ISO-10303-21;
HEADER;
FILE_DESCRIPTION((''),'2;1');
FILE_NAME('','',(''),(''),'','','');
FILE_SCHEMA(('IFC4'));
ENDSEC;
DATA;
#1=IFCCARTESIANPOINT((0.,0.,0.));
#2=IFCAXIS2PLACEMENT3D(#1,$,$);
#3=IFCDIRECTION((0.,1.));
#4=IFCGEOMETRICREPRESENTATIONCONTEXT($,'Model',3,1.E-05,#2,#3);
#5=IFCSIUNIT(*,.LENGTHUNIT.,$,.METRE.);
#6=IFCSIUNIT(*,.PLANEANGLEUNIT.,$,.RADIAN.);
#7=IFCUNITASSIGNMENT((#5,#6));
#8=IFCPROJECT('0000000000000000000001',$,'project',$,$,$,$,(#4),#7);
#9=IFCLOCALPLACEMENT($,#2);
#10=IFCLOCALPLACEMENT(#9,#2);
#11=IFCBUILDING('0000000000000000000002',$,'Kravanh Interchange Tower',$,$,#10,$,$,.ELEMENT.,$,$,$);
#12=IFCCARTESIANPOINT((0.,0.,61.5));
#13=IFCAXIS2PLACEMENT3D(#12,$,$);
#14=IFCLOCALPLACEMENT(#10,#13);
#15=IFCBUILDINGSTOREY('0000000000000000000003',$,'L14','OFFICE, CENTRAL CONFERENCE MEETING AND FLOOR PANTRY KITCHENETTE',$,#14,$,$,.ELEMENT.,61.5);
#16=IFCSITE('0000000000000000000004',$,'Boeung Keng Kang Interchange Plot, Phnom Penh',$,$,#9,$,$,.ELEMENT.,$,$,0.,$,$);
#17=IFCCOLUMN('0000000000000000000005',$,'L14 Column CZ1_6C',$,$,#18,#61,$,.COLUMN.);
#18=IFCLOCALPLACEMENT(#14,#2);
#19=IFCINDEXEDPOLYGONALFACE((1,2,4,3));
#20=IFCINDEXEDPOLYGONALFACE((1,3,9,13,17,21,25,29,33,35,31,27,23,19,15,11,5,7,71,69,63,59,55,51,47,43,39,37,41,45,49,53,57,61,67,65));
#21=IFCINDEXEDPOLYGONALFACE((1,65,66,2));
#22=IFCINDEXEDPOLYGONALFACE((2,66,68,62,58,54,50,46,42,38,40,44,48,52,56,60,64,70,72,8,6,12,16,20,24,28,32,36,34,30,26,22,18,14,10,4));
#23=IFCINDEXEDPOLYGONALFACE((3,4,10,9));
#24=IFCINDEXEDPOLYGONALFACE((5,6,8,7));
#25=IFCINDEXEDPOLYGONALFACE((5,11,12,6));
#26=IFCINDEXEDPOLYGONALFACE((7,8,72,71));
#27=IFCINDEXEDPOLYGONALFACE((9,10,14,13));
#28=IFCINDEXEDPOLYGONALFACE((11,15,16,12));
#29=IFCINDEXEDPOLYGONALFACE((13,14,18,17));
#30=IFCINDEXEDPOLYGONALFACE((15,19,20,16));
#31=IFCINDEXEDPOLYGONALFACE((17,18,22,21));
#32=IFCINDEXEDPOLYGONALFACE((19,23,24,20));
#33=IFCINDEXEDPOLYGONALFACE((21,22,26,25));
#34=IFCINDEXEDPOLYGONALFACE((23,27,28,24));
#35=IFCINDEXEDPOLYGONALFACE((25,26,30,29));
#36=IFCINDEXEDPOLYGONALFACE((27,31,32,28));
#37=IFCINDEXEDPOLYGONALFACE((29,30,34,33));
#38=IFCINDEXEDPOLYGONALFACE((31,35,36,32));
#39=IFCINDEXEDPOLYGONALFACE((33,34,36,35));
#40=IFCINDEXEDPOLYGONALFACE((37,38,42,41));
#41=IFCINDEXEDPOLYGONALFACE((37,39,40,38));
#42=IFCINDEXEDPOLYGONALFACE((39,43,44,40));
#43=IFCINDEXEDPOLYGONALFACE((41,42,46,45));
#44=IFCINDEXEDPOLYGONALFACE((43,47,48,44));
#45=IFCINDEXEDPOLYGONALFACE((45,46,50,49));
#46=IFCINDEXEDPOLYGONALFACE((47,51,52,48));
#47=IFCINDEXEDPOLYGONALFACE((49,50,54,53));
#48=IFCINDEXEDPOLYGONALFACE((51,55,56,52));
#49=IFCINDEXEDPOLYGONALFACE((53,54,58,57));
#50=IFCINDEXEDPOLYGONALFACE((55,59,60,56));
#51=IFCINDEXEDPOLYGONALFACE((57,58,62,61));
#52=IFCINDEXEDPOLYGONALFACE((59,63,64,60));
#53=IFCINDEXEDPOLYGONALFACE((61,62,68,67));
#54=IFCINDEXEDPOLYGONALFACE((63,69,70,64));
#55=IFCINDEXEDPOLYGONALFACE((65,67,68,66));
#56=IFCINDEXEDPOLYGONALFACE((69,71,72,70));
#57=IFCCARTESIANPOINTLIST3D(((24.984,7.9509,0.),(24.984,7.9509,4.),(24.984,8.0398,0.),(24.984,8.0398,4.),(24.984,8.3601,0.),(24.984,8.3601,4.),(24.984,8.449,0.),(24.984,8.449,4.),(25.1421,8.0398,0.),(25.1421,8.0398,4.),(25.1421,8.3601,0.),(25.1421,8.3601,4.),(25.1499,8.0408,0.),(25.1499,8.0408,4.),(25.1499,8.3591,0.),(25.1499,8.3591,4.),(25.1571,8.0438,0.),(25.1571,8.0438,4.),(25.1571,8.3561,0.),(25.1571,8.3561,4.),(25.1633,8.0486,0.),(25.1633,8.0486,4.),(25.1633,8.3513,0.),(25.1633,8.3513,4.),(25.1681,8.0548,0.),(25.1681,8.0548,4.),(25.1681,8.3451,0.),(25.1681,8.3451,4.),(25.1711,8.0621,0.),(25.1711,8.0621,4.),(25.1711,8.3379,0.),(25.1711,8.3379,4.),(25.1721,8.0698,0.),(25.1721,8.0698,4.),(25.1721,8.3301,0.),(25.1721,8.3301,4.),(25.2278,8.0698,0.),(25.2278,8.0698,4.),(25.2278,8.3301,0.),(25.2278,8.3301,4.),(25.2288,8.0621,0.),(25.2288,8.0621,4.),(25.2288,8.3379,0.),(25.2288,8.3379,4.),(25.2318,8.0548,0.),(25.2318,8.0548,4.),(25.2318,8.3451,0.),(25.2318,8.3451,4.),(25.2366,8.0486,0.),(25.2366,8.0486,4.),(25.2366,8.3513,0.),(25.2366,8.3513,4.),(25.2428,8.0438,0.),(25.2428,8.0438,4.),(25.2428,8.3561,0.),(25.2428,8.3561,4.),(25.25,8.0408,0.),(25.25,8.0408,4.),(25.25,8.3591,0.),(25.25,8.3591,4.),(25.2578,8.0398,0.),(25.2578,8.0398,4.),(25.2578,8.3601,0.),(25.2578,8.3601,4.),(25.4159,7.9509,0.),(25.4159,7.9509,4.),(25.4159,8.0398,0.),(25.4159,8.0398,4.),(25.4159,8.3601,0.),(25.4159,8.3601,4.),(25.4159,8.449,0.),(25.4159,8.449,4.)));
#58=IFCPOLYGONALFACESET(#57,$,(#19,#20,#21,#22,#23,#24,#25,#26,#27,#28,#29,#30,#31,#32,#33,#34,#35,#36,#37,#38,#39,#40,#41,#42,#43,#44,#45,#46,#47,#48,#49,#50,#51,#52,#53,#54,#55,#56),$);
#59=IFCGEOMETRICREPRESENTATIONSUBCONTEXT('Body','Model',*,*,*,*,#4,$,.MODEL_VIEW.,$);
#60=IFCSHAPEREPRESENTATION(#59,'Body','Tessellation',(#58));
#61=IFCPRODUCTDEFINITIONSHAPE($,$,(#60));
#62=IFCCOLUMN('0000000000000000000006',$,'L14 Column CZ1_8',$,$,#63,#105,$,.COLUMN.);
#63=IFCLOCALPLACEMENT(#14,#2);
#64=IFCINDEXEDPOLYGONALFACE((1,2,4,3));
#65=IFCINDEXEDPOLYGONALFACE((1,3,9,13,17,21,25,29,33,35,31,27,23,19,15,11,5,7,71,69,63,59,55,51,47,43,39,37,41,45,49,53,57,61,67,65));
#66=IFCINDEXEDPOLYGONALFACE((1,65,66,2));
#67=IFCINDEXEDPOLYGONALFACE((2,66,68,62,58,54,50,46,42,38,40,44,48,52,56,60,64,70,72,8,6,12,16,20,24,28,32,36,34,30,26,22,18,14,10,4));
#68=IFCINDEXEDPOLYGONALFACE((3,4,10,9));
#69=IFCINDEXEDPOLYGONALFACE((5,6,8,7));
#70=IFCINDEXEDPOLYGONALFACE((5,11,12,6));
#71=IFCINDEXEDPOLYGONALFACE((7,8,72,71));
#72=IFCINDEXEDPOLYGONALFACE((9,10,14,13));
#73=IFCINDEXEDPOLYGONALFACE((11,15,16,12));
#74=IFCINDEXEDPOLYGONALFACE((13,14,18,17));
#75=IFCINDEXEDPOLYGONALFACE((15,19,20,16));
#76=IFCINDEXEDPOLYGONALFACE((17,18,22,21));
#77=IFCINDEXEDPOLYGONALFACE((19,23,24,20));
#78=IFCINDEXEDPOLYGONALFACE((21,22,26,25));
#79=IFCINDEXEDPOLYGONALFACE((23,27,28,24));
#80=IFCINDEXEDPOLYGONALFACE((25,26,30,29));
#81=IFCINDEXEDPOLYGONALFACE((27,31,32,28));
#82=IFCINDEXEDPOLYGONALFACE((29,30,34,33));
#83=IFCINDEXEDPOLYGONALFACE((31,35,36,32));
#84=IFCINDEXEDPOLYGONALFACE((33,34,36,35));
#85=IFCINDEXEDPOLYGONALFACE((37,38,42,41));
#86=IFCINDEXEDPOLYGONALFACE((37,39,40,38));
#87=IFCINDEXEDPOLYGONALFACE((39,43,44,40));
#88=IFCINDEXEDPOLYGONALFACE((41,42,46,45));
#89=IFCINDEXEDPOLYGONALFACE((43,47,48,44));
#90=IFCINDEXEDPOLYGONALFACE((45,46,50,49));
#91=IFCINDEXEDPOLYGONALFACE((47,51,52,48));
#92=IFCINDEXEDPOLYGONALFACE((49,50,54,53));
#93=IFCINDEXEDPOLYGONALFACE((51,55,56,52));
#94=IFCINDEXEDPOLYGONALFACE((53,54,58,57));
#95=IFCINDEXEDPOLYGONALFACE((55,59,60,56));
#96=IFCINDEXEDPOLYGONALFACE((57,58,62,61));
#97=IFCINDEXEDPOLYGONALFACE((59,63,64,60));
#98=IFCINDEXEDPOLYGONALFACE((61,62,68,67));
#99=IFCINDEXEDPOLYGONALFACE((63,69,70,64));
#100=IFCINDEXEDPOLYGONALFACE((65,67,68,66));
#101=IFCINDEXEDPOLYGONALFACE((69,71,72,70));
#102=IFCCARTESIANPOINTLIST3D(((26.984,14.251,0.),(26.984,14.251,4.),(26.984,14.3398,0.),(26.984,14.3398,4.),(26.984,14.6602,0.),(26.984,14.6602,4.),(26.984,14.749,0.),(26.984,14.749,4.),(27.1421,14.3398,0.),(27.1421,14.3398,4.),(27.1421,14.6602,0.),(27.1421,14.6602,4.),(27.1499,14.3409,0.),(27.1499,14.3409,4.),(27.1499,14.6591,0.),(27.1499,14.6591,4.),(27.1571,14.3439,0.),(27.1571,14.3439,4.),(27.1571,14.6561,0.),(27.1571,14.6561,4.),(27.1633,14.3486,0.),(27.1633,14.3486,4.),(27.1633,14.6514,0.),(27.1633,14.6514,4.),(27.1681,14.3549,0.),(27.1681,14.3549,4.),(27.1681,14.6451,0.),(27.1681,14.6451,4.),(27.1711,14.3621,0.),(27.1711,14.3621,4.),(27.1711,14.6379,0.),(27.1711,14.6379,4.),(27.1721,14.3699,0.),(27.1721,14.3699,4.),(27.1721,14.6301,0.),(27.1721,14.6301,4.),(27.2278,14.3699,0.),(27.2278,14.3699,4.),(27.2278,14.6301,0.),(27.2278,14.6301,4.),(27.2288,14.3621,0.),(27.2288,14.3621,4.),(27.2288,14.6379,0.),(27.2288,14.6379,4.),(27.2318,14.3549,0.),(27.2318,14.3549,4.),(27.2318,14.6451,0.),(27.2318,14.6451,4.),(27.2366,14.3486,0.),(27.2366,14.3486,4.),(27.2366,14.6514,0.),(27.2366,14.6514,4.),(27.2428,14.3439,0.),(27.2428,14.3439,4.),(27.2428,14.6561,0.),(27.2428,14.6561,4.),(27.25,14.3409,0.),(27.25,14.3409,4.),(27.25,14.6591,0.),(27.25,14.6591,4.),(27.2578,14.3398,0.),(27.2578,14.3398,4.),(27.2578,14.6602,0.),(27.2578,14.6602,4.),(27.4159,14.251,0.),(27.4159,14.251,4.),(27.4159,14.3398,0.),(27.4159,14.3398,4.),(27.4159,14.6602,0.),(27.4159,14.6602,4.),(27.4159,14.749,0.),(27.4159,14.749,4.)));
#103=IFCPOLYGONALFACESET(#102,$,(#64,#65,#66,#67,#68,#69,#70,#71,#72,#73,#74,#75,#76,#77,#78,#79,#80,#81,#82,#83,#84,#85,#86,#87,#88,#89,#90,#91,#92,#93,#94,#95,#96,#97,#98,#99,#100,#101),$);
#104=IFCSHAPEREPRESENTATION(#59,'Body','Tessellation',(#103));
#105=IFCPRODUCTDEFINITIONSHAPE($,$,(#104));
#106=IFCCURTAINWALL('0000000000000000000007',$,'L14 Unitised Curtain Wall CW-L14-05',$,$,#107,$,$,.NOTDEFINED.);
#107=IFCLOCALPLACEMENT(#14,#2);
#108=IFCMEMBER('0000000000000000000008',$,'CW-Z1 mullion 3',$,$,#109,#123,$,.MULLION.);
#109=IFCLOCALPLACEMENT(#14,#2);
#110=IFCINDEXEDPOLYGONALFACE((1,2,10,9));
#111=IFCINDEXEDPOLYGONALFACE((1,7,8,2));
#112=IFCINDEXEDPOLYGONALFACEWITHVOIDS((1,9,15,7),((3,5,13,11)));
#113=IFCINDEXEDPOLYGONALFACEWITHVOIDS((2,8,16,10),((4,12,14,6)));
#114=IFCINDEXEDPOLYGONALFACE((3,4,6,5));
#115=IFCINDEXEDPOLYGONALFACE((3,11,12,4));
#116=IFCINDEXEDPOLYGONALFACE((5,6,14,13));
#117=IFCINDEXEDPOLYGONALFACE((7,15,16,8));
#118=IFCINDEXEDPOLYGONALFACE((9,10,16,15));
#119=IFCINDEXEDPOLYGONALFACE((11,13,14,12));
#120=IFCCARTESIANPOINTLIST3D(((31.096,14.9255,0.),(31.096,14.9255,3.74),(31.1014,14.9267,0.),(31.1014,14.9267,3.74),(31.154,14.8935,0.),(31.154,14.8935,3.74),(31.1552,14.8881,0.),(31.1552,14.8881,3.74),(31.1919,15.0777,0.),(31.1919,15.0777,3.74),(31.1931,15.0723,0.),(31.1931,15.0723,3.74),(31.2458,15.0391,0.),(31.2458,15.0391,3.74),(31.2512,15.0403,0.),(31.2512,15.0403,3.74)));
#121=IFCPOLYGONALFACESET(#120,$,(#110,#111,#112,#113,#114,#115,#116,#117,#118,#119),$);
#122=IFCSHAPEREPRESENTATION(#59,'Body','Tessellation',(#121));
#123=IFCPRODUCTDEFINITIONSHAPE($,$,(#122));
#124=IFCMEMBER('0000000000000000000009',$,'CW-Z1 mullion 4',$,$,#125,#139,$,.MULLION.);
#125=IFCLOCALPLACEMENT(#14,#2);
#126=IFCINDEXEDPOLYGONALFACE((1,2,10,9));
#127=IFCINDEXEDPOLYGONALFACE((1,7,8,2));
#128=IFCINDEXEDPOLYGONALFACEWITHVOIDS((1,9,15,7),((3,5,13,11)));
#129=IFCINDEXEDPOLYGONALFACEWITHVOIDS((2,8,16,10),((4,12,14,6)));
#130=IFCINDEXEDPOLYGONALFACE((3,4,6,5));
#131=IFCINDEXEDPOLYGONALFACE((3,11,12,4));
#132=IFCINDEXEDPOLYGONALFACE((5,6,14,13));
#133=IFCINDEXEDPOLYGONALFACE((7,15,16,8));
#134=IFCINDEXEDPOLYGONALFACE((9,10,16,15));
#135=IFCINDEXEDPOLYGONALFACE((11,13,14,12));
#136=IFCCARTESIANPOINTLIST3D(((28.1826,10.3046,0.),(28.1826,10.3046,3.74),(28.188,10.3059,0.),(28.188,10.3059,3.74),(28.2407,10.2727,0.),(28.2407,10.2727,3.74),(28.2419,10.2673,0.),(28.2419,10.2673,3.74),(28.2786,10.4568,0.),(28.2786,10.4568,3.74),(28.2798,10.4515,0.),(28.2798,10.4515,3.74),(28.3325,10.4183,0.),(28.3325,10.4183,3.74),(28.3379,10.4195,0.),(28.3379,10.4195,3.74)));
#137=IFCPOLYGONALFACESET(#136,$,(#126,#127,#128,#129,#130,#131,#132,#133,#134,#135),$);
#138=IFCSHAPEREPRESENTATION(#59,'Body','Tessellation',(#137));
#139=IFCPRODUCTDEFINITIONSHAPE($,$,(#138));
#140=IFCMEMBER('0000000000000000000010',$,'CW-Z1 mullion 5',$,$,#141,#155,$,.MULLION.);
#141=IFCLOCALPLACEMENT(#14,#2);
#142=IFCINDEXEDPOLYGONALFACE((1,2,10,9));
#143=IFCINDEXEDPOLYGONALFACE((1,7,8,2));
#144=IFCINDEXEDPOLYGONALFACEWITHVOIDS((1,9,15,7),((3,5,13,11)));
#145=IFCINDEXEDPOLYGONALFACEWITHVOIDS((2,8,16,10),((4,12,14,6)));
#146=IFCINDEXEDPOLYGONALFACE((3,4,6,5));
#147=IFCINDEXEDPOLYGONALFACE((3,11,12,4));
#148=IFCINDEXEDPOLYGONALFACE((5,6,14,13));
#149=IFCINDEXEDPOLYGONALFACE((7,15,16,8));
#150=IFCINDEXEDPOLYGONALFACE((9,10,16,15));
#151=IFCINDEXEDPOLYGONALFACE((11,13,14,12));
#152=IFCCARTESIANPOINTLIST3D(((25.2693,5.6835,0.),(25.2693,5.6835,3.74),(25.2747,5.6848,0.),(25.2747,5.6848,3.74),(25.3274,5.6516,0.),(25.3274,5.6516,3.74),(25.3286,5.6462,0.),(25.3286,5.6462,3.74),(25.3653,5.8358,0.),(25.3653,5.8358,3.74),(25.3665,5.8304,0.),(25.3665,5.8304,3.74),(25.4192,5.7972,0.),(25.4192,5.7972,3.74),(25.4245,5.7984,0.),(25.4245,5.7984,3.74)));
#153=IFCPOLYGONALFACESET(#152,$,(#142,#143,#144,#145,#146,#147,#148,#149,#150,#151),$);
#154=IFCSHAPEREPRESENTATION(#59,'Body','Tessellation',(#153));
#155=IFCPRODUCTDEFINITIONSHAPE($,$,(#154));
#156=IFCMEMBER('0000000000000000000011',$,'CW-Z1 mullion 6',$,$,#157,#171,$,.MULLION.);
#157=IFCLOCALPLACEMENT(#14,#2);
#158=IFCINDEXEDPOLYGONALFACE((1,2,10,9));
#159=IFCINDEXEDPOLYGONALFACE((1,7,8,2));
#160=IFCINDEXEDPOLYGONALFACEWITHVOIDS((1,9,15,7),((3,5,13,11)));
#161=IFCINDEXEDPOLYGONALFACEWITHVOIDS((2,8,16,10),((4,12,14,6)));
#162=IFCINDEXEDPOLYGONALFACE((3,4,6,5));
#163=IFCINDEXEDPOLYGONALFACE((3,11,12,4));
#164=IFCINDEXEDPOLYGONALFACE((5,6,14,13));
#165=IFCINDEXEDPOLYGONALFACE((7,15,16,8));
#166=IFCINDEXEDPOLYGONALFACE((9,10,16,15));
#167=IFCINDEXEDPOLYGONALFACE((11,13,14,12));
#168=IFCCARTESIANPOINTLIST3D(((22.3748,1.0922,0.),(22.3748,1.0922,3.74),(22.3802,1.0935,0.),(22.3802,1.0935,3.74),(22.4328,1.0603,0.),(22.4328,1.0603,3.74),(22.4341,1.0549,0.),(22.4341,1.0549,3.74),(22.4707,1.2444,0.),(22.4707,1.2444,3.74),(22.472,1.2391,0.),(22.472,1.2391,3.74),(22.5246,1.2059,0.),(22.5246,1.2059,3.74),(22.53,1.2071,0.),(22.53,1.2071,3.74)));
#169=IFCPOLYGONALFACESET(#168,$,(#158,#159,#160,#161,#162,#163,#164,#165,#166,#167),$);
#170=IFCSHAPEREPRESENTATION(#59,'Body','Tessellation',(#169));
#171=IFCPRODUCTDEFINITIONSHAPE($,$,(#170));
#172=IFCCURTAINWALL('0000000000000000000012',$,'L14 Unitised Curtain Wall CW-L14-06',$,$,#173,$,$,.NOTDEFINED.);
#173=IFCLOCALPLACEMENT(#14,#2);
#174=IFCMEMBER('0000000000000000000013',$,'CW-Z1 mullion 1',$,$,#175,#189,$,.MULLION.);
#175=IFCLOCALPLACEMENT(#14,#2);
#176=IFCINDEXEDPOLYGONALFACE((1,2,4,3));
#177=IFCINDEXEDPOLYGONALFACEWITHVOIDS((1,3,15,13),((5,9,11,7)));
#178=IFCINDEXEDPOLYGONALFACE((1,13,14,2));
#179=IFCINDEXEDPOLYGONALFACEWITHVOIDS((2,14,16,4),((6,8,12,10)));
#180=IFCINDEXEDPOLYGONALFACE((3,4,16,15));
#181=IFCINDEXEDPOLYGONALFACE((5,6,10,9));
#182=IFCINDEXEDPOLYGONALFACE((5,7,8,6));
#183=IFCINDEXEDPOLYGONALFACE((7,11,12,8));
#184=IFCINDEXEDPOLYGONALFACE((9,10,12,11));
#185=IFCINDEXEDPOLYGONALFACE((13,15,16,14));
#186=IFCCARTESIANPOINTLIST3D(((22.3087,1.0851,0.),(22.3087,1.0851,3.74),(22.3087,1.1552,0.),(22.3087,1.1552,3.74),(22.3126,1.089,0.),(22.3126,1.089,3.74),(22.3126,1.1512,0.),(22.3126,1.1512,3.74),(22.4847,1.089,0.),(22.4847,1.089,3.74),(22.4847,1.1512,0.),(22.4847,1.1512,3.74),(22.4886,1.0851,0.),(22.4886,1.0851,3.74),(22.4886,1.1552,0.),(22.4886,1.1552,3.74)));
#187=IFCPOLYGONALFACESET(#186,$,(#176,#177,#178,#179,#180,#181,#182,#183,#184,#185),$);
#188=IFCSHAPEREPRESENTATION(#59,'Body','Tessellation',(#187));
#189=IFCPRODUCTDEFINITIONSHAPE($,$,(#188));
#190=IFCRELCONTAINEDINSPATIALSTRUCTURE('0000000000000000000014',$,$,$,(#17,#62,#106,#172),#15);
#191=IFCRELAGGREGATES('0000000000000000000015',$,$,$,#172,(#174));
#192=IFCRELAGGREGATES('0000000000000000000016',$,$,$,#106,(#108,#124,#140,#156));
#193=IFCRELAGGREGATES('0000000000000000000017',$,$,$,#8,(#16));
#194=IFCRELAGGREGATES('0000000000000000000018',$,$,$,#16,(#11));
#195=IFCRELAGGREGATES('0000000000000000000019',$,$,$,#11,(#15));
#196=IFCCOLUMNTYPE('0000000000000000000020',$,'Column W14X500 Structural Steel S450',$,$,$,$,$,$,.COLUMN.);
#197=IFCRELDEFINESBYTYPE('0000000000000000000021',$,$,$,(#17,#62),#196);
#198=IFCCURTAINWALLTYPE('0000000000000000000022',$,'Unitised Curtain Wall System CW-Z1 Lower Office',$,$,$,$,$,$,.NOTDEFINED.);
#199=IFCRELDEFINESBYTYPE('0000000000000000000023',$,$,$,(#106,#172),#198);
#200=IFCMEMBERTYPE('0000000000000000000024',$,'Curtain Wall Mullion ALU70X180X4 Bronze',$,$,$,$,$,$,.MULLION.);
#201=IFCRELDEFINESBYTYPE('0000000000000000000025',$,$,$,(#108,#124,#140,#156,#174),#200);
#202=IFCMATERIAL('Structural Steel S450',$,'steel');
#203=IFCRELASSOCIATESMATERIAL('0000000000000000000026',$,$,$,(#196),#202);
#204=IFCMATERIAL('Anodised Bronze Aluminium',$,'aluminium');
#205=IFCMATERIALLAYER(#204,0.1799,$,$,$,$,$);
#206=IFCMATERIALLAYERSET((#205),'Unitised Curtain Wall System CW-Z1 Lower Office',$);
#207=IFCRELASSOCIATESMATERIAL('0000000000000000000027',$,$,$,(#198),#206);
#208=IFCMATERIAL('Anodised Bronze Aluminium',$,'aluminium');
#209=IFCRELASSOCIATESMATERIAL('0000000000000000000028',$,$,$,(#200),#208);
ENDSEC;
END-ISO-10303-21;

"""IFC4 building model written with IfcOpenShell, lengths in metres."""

from ifc_helpers import new_model, si_unit, direction, frame, origin, origin_2d, place, context, subcontext, project, spatial, hollow_rectangle, i_section, extrude, material, layer, layer_set, material_profile, profile_set, type_object, element, aggregate, save


model = new_model("IFC4")

# Units and contexts
model_context = context("Model", 3, precision=1e-05, world=origin(), true_north=direction((0.0, 1.0)))
body_context = subcontext(model_context, "Body", "Model", "MODEL_VIEW")
ifc_project = project(units=[si_unit("LENGTHUNIT", "METRE"), si_unit("PLANEANGLEUNIT", "RADIAN")], contexts=[model_context])

# Site, building, storey
site_placement = place(None, origin())
site = spatial("IfcSite", under=ifc_project, at=site_placement, Name="Boeung Keng Kang Interchange Plot, Phnom Penh", CompositionType="ELEMENT", RefElevation=0.0)
building_placement = place(site_placement, origin())
building = spatial("IfcBuilding", under=site, at=building_placement, Name="Kravanh Interchange Tower", CompositionType="ELEMENT")
storey_placement = place(building_placement, frame((0.0, 0.0, 61.5)))
storey = spatial("IfcBuildingStorey", under=building, at=storey_placement, Name="L14", Description="OFFICE, CENTRAL CONFERENCE MEETING AND FLOOR PANTRY KITCHENETTE", CompositionType="ELEMENT", Elevation=61.5)

# Columns
ifc_material_1 = material(Name="Structural Steel S450", Category="steel")
ifc_material_profile_1 = material_profile(ifc_material_1, i_section(OverallWidth=0.4319, OverallDepth=0.498, WebThickness=0.0557, FlangeThickness=0.0889, FilletRadius=0.03, at=origin_2d()), Name="W14X500")
ifc_profile_set_1 = profile_set([ifc_material_profile_1], Name="Structural Steel S450")
column_type = type_object("IfcColumnType", Name="Column W14X500 Structural Steel S450", PredefinedType="COLUMN", material=ifc_profile_set_1)
for number, where, z_axis, x_axis, name in (
    (1, (25.2, 8.2, 0.0), (0.0, 0.0, 1.0), (1.0, 0.0, 0.0), "L14 Column CZ1_6C"),
    (2, (27.2, 14.5, 0.0), (0.0, 0.0, 1.0), (1.0, 0.0, 0.0), "L14 Column CZ1_8"),
):
    element("IfcColumn", number, at=place(storey_placement, frame(where, z_axis=z_axis, x_axis=x_axis)), inside=storey, type_object=column_type, Name=name, PredefinedType="COLUMN", context=body_context, shape_type="SweptSolid", body=[
        extrude(i_section(OverallWidth=0.4319, OverallDepth=0.498, WebThickness=0.0557, FlangeThickness=0.0889, FilletRadius=0.03, at=origin_2d()), origin(), (0.0, 0.0, 1.0), 4.0),
    ])

# Curtain wall, members
ifc_material_2 = material(Name="Anodised Bronze Aluminium", Category="aluminium")
ifc_layer_1 = layer(ifc_material_2, 0.1799)
ifc_layer_set_1 = layer_set([ifc_layer_1], Name="Unitised Curtain Wall System CW-Z1 Lower Office")
curtain_wall_type = type_object("IfcCurtainWallType", Name="Unitised Curtain Wall System CW-Z1 Lower Office", PredefinedType="NOTDEFINED", material=ifc_layer_set_1)
curtain_wall_1_placement = place(storey_placement, origin())
curtain_wall_1 = element("IfcCurtainWall", 3, at=curtain_wall_1_placement, inside=storey, type_object=curtain_wall_type, Name="L14 Unitised Curtain Wall CW-L14-05", PredefinedType="NOTDEFINED")
ifc_material_3 = material(Name="Anodised Bronze Aluminium", Category="aluminium")
ifc_material_profile_2 = material_profile(ifc_material_3, hollow_rectangle(XDim=0.0701, YDim=0.1799, WallThickness=0.0039, at=origin_2d()), Name="ALU70X180X4")
ifc_profile_set_2 = profile_set([ifc_material_profile_2], Name="Anodised Bronze Aluminium")
member_type_1 = type_object("IfcMemberType", Name="Curtain Wall Mullion ALU70X180X4 Bronze", PredefinedType="MULLION", material=ifc_profile_set_2)
member_1_placement = place(storey_placement, frame((31.1736, 14.9829, 0.0), z_axis=(0.0, 0.0, 1.0), x_axis=(0.845926, -0.533301, 0.0)))
member_1 = element("IfcMember", 4, at=member_1_placement, type_object=member_type_1, Name="CW-Z1 mullion 3", PredefinedType="MULLION", context=body_context, shape_type="SweptSolid", body=[
    extrude(hollow_rectangle(XDim=0.0701, YDim=0.1799, WallThickness=0.0039, at=origin_2d()), origin(), (0.0, 0.0, 1.0), 3.74),
])
member_2_placement = place(storey_placement, frame((28.2603, 10.3621, 0.0), z_axis=(0.0, 0.0, 1.0), x_axis=(0.845926, -0.533301, 0.0)))
member_2 = element("IfcMember", 5, at=member_2_placement, type_object=member_type_1, Name="CW-Z1 mullion 4", PredefinedType="MULLION", context=body_context, shape_type="SweptSolid", body=[
    extrude(hollow_rectangle(XDim=0.0701, YDim=0.1799, WallThickness=0.0039, at=origin_2d()), origin(), (0.0, 0.0, 1.0), 3.74),
])
member_3_placement = place(storey_placement, frame((25.3469, 5.741, 0.0), z_axis=(0.0, 0.0, 1.0), x_axis=(0.845926, -0.533301, 0.0)))
member_3 = element("IfcMember", 6, at=member_3_placement, type_object=member_type_1, Name="CW-Z1 mullion 5", PredefinedType="MULLION", context=body_context, shape_type="SweptSolid", body=[
    extrude(hollow_rectangle(XDim=0.0701, YDim=0.1799, WallThickness=0.0039, at=origin_2d()), origin(), (0.0, 0.0, 1.0), 3.74),
])
member_4_placement = place(storey_placement, frame((22.4524, 1.1497, 0.0), z_axis=(0.0, 0.0, 1.0), x_axis=(0.845926, -0.533301, 0.0)))
member_4 = element("IfcMember", 7, at=member_4_placement, type_object=member_type_1, Name="CW-Z1 mullion 6", PredefinedType="MULLION", context=body_context, shape_type="SweptSolid", body=[
    extrude(hollow_rectangle(XDim=0.0701, YDim=0.1799, WallThickness=0.0039, at=origin_2d()), origin(), (0.0, 0.0, 1.0), 3.74),
])

# Curtain wall, member
curtain_wall_2_placement = place(storey_placement, origin())
curtain_wall_2 = element("IfcCurtainWall", 8, at=curtain_wall_2_placement, inside=storey, type_object=curtain_wall_type, Name="L14 Unitised Curtain Wall CW-L14-06", PredefinedType="NOTDEFINED")
member_5_placement = place(storey_placement, frame((22.3987, 1.1201, 0.0), z_axis=(0.0, 0.0, 1.0), x_axis=(0.0, -1.0, 0.0)))
member_5 = element("IfcMember", 9, at=member_5_placement, type_object=member_type_1, Name="CW-Z1 mullion 1", PredefinedType="MULLION", context=body_context, shape_type="SweptSolid", body=[
    extrude(hollow_rectangle(XDim=0.0701, YDim=0.1799, WallThickness=0.0039, at=origin_2d()), origin(), (0.0, 0.0, 1.0), 3.74),
])

aggregate(curtain_wall_2, [member_5])

aggregate(curtain_wall_1, [member_1, member_2, member_3, member_4])

save(model, "model.ifc")
